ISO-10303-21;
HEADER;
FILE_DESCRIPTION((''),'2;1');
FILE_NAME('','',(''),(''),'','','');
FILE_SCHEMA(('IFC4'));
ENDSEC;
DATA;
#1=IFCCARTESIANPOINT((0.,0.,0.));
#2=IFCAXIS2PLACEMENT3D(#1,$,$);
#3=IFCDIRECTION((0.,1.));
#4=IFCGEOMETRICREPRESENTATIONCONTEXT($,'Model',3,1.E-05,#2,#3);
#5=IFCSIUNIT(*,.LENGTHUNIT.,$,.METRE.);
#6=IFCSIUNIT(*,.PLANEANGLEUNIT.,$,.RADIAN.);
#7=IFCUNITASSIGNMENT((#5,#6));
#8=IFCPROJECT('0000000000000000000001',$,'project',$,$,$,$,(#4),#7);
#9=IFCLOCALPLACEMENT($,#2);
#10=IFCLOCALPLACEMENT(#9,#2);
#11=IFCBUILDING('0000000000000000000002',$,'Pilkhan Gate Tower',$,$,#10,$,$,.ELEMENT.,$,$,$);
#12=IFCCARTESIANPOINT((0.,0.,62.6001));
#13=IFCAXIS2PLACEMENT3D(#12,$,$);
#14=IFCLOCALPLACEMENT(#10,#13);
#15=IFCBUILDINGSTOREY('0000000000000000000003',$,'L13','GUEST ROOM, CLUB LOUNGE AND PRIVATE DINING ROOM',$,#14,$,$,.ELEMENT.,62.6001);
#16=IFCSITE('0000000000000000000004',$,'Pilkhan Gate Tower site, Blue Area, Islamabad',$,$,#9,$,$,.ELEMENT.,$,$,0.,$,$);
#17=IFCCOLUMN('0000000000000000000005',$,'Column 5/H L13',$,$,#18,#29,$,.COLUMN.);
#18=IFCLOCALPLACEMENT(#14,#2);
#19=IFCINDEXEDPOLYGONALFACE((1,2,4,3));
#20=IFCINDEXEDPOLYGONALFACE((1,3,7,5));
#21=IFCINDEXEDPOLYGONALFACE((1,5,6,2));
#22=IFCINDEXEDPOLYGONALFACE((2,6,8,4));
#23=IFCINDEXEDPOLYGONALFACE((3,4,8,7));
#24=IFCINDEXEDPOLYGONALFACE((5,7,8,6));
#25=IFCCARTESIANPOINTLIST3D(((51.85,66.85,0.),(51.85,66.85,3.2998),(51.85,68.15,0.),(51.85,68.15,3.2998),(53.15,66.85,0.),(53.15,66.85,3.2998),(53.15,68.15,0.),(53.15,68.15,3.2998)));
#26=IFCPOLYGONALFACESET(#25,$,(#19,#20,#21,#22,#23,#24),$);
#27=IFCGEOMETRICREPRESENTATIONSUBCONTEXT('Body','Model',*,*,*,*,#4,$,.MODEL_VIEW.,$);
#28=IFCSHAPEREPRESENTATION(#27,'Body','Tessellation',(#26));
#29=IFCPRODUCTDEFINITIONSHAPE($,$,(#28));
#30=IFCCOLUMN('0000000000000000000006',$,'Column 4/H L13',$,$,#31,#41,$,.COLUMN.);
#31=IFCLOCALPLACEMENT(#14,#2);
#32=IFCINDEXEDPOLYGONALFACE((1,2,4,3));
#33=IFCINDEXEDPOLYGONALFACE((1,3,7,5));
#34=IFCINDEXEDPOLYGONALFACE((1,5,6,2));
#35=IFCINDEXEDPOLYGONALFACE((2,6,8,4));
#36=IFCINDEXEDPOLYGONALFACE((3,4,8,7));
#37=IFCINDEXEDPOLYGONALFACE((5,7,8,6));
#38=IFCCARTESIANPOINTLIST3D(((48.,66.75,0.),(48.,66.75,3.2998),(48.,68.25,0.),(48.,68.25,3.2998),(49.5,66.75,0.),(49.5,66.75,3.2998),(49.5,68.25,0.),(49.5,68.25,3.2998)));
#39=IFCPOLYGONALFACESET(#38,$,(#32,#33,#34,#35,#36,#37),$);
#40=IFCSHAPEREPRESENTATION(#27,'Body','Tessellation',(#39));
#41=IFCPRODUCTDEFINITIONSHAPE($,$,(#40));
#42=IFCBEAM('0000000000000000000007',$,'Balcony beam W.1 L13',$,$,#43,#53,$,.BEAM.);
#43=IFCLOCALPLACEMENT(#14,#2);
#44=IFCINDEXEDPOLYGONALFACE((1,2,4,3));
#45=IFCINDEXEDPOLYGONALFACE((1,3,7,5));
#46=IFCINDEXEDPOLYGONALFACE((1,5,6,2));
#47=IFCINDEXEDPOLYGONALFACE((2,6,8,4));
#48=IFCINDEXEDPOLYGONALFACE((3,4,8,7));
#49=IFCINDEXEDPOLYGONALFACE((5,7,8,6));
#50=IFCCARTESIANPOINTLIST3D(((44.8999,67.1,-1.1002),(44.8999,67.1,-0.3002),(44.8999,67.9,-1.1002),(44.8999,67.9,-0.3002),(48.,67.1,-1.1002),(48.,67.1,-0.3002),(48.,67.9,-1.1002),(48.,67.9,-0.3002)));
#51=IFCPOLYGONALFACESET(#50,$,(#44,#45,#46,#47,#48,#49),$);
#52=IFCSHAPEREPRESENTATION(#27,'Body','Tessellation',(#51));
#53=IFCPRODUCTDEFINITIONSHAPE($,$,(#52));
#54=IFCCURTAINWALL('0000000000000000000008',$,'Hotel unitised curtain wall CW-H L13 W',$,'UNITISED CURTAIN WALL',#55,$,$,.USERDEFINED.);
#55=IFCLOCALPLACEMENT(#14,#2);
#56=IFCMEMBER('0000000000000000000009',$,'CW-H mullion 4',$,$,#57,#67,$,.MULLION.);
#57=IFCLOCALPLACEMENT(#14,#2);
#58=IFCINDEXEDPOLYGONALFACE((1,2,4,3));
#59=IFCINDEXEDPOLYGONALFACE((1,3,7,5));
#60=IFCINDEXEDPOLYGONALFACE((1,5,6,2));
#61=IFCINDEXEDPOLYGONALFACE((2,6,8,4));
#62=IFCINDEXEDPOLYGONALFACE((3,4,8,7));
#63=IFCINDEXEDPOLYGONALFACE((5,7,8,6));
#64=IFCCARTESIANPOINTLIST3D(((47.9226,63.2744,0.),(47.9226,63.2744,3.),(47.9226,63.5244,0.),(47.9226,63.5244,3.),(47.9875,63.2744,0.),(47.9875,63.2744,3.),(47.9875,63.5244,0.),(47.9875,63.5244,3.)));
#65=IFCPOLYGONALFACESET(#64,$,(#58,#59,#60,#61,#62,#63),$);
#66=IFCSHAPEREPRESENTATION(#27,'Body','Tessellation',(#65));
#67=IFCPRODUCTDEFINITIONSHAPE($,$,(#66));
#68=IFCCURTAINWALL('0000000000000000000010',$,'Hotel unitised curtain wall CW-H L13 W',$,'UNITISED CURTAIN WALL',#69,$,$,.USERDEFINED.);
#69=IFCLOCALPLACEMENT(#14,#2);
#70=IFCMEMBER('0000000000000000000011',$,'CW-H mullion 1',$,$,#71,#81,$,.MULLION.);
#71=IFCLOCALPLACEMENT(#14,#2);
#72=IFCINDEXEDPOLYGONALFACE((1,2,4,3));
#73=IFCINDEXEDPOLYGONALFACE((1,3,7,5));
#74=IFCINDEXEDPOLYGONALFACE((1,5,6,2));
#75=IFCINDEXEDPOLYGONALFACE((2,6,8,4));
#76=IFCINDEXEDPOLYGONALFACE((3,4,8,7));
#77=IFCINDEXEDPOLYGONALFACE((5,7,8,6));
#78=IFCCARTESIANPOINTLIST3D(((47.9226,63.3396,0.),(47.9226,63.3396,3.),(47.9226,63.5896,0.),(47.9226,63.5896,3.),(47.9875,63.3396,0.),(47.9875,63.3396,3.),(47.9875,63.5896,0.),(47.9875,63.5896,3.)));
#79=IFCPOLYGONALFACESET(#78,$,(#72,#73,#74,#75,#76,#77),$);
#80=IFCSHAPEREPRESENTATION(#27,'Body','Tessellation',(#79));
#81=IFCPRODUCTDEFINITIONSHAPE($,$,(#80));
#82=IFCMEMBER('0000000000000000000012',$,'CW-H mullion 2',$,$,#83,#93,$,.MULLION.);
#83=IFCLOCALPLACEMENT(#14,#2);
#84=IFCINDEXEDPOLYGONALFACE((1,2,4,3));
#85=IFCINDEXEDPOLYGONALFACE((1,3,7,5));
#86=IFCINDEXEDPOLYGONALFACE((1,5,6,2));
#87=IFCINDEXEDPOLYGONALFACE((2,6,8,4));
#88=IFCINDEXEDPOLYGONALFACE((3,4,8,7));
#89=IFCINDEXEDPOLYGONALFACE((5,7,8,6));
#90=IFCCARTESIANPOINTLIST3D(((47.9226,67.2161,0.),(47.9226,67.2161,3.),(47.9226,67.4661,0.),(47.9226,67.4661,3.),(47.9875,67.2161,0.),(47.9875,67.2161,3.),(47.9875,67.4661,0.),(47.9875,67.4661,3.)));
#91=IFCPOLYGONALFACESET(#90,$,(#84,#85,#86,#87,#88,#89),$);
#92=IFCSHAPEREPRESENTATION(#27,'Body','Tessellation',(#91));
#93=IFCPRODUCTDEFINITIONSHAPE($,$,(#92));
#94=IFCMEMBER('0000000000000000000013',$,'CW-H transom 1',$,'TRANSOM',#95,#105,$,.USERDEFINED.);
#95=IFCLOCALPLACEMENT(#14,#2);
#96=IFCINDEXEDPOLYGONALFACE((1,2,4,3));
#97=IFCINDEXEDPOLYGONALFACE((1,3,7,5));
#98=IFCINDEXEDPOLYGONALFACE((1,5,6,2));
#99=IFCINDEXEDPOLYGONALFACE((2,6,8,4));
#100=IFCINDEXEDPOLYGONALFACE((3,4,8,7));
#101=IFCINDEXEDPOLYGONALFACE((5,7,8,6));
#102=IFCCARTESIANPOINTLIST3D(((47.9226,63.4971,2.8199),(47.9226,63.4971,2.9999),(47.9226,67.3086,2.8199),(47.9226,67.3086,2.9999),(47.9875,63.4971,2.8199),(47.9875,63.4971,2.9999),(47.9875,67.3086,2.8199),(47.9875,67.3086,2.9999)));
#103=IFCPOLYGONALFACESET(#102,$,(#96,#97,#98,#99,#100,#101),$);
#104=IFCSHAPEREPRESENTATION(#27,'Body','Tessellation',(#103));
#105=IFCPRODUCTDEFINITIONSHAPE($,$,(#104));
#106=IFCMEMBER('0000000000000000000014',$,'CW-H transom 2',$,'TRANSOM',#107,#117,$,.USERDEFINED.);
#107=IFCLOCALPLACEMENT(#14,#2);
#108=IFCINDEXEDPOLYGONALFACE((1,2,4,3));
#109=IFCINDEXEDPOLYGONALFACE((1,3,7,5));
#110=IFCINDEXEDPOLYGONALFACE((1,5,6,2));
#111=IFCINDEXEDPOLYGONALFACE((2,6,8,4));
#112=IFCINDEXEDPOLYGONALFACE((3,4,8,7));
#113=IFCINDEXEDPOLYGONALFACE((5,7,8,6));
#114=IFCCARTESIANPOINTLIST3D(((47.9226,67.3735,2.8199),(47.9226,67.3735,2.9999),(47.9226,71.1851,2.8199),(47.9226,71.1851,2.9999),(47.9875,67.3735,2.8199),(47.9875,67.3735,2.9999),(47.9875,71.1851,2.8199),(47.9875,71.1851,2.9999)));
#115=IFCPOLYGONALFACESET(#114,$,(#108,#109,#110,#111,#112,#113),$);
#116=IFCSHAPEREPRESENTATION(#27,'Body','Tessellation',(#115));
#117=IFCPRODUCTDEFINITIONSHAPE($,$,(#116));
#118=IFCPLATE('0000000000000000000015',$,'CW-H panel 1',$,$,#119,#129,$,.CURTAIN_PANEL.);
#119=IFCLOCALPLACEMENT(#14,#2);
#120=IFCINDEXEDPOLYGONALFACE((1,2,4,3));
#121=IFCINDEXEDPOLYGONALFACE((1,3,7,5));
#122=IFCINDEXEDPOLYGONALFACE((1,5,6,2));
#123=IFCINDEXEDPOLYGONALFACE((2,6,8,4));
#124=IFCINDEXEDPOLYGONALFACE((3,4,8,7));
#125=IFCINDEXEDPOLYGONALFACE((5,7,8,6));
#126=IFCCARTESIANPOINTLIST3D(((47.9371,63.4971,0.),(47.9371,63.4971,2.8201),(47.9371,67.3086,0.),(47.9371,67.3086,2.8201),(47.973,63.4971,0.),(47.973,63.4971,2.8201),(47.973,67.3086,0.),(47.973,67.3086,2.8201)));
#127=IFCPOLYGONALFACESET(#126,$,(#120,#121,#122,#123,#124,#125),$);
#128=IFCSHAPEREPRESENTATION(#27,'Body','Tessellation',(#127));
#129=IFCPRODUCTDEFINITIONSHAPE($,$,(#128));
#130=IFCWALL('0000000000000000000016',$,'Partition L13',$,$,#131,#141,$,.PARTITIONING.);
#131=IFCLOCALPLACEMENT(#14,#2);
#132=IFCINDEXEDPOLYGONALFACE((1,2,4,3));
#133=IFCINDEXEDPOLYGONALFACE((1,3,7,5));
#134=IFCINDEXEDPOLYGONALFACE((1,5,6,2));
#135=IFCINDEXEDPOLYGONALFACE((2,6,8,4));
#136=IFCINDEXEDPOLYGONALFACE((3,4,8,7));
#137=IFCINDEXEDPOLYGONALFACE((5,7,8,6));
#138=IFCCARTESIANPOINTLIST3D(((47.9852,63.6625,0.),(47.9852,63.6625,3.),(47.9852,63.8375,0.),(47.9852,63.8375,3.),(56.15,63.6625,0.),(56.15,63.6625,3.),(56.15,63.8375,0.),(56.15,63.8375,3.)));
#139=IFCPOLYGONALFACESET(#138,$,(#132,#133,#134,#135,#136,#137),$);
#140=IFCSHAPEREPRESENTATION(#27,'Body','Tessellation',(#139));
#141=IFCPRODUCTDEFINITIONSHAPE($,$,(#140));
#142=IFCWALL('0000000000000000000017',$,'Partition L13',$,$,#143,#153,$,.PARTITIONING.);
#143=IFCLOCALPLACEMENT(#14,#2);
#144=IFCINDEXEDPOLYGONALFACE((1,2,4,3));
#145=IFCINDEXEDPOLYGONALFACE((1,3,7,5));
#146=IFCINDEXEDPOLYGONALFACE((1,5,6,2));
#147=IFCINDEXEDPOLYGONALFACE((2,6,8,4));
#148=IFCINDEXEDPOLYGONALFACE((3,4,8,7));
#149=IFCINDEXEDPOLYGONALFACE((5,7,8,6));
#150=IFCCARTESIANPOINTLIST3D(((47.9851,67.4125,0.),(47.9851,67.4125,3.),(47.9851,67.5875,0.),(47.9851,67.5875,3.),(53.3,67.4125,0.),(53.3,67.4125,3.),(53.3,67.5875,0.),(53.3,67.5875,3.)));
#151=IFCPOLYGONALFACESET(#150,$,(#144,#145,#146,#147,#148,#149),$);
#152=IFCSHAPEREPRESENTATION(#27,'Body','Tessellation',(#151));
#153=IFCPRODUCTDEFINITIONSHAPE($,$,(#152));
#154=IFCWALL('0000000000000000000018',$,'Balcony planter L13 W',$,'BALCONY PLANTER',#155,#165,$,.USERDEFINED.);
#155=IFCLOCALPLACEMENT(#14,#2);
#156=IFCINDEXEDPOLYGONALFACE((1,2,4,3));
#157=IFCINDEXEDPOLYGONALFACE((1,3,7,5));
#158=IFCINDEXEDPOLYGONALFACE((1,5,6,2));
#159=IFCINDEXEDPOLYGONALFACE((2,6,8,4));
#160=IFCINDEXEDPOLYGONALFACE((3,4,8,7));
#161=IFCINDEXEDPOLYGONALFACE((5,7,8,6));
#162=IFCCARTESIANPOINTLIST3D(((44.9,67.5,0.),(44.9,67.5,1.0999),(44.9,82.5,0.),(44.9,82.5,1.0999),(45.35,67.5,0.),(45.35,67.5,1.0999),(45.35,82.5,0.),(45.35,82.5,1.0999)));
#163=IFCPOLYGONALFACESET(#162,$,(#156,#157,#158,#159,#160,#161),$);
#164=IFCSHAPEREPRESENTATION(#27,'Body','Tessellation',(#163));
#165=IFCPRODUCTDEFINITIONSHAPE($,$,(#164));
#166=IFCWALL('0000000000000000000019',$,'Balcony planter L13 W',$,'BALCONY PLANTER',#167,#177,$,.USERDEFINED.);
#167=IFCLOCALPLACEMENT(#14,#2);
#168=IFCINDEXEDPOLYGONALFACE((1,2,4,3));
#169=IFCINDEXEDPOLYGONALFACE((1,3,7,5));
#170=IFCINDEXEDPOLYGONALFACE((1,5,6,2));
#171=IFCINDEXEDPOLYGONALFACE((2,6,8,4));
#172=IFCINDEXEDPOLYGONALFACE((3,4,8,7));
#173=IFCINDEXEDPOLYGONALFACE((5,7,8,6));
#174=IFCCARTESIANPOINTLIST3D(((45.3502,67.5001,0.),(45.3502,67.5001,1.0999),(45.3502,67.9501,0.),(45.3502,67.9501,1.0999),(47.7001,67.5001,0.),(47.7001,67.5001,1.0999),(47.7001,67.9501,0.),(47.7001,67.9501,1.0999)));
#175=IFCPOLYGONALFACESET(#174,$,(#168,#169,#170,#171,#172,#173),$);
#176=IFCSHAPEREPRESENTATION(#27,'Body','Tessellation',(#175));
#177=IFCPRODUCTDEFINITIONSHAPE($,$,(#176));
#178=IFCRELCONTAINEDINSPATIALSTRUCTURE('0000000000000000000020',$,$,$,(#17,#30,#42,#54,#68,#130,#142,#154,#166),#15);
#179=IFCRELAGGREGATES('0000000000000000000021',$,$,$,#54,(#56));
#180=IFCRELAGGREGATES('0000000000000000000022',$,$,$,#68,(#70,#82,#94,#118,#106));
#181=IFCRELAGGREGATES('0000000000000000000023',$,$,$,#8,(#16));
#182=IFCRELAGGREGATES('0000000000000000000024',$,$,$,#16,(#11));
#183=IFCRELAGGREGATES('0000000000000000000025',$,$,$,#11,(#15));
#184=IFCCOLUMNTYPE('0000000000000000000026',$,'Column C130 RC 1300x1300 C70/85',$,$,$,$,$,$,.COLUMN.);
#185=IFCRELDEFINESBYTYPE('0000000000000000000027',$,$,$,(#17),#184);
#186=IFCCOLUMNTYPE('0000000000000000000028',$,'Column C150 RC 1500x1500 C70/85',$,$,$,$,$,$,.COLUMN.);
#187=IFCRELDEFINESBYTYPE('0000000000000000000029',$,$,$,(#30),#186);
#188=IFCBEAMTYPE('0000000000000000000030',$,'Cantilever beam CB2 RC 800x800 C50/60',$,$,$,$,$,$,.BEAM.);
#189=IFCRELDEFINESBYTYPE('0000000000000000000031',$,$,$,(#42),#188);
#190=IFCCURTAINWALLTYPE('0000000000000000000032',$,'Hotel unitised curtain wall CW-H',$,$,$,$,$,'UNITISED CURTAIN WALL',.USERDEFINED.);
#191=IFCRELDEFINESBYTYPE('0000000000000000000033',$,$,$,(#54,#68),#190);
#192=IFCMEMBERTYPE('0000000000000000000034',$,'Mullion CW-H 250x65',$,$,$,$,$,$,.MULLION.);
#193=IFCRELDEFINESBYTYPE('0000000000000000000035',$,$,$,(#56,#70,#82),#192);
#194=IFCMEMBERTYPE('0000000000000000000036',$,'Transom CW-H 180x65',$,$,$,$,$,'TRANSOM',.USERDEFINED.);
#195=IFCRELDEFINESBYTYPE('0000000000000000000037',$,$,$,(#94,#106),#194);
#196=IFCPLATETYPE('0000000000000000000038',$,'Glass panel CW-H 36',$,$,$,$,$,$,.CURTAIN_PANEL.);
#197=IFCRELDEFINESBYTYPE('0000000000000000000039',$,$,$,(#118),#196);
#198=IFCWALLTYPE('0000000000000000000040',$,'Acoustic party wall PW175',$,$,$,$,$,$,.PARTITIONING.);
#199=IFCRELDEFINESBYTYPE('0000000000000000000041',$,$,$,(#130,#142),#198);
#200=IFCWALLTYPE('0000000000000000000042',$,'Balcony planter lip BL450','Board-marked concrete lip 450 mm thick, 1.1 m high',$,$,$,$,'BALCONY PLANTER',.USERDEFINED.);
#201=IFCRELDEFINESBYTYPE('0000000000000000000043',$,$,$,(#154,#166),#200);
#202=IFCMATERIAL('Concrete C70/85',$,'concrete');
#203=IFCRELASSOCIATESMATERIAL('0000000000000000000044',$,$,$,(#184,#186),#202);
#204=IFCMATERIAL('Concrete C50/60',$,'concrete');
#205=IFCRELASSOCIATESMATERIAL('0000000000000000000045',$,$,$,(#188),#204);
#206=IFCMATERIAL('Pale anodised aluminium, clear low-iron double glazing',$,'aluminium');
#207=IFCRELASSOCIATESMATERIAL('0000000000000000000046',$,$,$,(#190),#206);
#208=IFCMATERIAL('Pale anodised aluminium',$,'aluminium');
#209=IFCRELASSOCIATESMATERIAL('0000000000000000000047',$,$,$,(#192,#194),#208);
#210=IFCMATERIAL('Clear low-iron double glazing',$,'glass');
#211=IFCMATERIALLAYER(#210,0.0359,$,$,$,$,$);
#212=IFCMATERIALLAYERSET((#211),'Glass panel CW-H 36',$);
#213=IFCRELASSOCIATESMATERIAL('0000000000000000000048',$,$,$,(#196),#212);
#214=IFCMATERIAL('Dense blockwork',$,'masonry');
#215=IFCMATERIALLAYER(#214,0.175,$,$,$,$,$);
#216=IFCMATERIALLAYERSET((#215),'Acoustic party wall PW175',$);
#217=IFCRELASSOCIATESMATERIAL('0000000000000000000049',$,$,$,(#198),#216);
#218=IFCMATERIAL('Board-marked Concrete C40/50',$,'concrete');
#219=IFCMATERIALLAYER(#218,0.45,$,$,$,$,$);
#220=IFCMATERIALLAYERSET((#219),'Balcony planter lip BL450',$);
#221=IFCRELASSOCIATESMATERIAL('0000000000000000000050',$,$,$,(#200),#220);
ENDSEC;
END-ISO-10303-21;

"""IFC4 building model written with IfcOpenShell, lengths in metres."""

from ifc_helpers import new_model, si_unit, direction, frame, frame_2d, origin, origin_2d, place, context, subcontext, project, spatial, rectangle, extrude, material, layer, layer_set, material_profile, profile_set, type_object, element, aggregate, save


model = new_model("IFC4")

# Units and contexts
model_context = context("Model", 3, precision=1e-05, world=origin(), true_north=direction((0.0, 1.0)))
body_context = subcontext(model_context, "Body", "Model", "MODEL_VIEW")
ifc_project = project(units=[si_unit("LENGTHUNIT", "METRE"), si_unit("PLANEANGLEUNIT", "RADIAN")], contexts=[model_context])

# Site, building, storey
site_placement = place(None, origin())
site = spatial("IfcSite", under=ifc_project, at=site_placement, Name="Pilkhan Gate Tower site, Blue Area, Islamabad", CompositionType="ELEMENT", RefElevation=0.0)
building_placement = place(site_placement, origin())
building = spatial("IfcBuilding", under=site, at=building_placement, Name="Pilkhan Gate Tower", CompositionType="ELEMENT")
storey_placement = place(building_placement, frame((0.0, 0.0, 62.6001)))
storey = spatial("IfcBuildingStorey", under=building, at=storey_placement, Name="L13", Description="GUEST ROOM, CLUB LOUNGE AND PRIVATE DINING ROOM", CompositionType="ELEMENT", Elevation=62.6001)

# Columns
ifc_material_1 = material(Name="Concrete C70/85", Category="concrete")
ifc_material_profile_1 = material_profile(ifc_material_1, rectangle(XDim=1.3, YDim=1.3, at=origin_2d()), Name="RC 1300x1300")
ifc_profile_set_1 = profile_set([ifc_material_profile_1], Name="Concrete C70/85")
column_type_1 = type_object("IfcColumnType", Name="Column C130 RC 1300x1300 C70/85", PredefinedType="COLUMN", material=ifc_profile_set_1)
column_1_placement = place(storey_placement, frame((52.5, 67.5, 0.0), z_axis=(0.0, 0.0, 1.0), x_axis=(1.0, 0.0, 0.0)))
element("IfcColumn", 1, at=column_1_placement, inside=storey, type_object=column_type_1, Name="Column 5/H L13", PredefinedType="COLUMN", context=body_context, shape_type="SweptSolid", body=[
    extrude(rectangle(XDim=1.3, YDim=1.3, at=origin_2d()), origin(), (0.0, 0.0, 1.0), 3.2998),
])
ifc_material_profile_2 = material_profile(ifc_material_1, rectangle(XDim=1.5, YDim=1.5, at=origin_2d()), Name="RC 1500x1500")
ifc_profile_set_2 = profile_set([ifc_material_profile_2], Name="Concrete C70/85")
column_type_2 = type_object("IfcColumnType", Name="Column C150 RC 1500x1500 C70/85", PredefinedType="COLUMN", material=ifc_profile_set_2)
column_2_placement = place(storey_placement, frame((48.75, 67.5, 0.0), z_axis=(0.0, 0.0, 1.0), x_axis=(1.0, 0.0, 0.0)))
element("IfcColumn", 2, at=column_2_placement, inside=storey, type_object=column_type_2, Name="Column 4/H L13", PredefinedType="COLUMN", context=body_context, shape_type="SweptSolid", body=[
    extrude(rectangle(XDim=1.5, YDim=1.5, at=origin_2d()), origin(), (0.0, 0.0, 1.0), 3.2998),
])

# Beam
ifc_material_2 = material(Name="Concrete C50/60", Category="concrete")
ifc_material_profile_3 = material_profile(ifc_material_2, rectangle(XDim=0.8, YDim=0.8, at=origin_2d()), Name="RC 800x800")
ifc_profile_set_3 = profile_set([ifc_material_profile_3], Name="Concrete C50/60")
beam_type = type_object("IfcBeamType", Name="Cantilever beam CB2 RC 800x800 C50/60", PredefinedType="BEAM", material=ifc_profile_set_3)
beam_placement = place(storey_placement, frame((48.0, 67.5, -0.7002), z_axis=(-1.0, 0.0, 0.0), x_axis=(0.0, -1.0, 0.0)))
element("IfcBeam", 3, at=beam_placement, inside=storey, type_object=beam_type, Name="Balcony beam W.1 L13", PredefinedType="BEAM", context=body_context, shape_type="SweptSolid", body=[
    extrude(rectangle(XDim=0.8, YDim=0.8, at=origin_2d()), origin(), (0.0, 0.0, 1.0), 3.1001),
])

# Curtain wall, member
ifc_material_3 = material(Name="Pale anodised aluminium, clear low-iron double glazing", Category="aluminium")
curtain_wall_type = type_object("IfcCurtainWallType", Name="Hotel unitised curtain wall CW-H", ElementType="UNITISED CURTAIN WALL", PredefinedType="USERDEFINED", material=ifc_material_3)
curtain_wall_1_placement = place(storey_placement, origin())
curtain_wall_1 = element("IfcCurtainWall", 4, at=curtain_wall_1_placement, inside=storey, type_object=curtain_wall_type, Name="Hotel unitised curtain wall CW-H L13 W", ObjectType="UNITISED CURTAIN WALL", PredefinedType="USERDEFINED")
ifc_material_4 = material(Name="Pale anodised aluminium", Category="aluminium")
ifc_material_profile_4 = material_profile(ifc_material_4, rectangle(XDim=0.0649, YDim=0.25, at=origin_2d()), Name="Mullion 250x65")
ifc_profile_set_4 = profile_set([ifc_material_profile_4], Name="Pale anodised aluminium")
member_type_1 = type_object("IfcMemberType", Name="Mullion CW-H 250x65", PredefinedType="MULLION", material=ifc_profile_set_4)
member_1_placement = place(storey_placement, frame((47.9551, 63.3994, 0.0), z_axis=(0.0, 0.0, 1.0), x_axis=(-1.0, 0.0, 0.0)))
member_1 = element("IfcMember", 5, at=member_1_placement, type_object=member_type_1, Name="CW-H mullion 4", PredefinedType="MULLION", context=body_context, shape_type="SweptSolid", body=[
    extrude(rectangle(XDim=0.0649, YDim=0.25, at=origin_2d()), origin(), (0.0, 0.0, 1.0), 3.0),
])
aggregate(curtain_wall_1, [member_1])

# Curtain wall, members, plate
curtain_wall_2_placement = place(storey_placement, origin())
curtain_wall_2 = element("IfcCurtainWall", 6, at=curtain_wall_2_placement, inside=storey, type_object=curtain_wall_type, Name="Hotel unitised curtain wall CW-H L13 W", ObjectType="UNITISED CURTAIN WALL", PredefinedType="USERDEFINED")
member_2_placement = place(storey_placement, frame((47.9551, 63.4646, 0.0), z_axis=(0.0, 0.0, 1.0), x_axis=(-1.0, 0.0, 0.0)))
member_2 = element("IfcMember", 7, at=member_2_placement, type_object=member_type_1, Name="CW-H mullion 1", PredefinedType="MULLION", context=body_context, shape_type="SweptSolid", body=[
    extrude(rectangle(XDim=0.0649, YDim=0.25, at=origin_2d()), origin(), (0.0, 0.0, 1.0), 3.0),
])
member_3_placement = place(storey_placement, frame((47.9551, 67.3411, 0.0), z_axis=(0.0, 0.0, 1.0), x_axis=(-1.0, 0.0, 0.0)))
member_3 = element("IfcMember", 8, at=member_3_placement, type_object=member_type_1, Name="CW-H mullion 2", PredefinedType="MULLION", context=body_context, shape_type="SweptSolid", body=[
    extrude(rectangle(XDim=0.0649, YDim=0.25, at=origin_2d()), origin(), (0.0, 0.0, 1.0), 3.0),
])
ifc_material_profile_5 = material_profile(ifc_material_4, rectangle(XDim=0.0649, YDim=0.1799, at=origin_2d()), Name="Transom 180x65")
ifc_profile_set_5 = profile_set([ifc_material_profile_5], Name="Pale anodised aluminium")
member_type_2 = type_object("IfcMemberType", Name="Transom CW-H 180x65", ElementType="TRANSOM", PredefinedType="USERDEFINED", material=ifc_profile_set_5)
member_4_placement = place(storey_placement, frame((47.9551, 63.4971, 2.9099), z_axis=(0.0, 1.0, 0.0), x_axis=(-1.0, 0.0, 0.0)))
member_4 = element("IfcMember", 9, at=member_4_placement, type_object=member_type_2, Name="CW-H transom 1", ObjectType="TRANSOM", PredefinedType="USERDEFINED", context=body_context, shape_type="SweptSolid", body=[
    extrude(rectangle(XDim=0.0649, YDim=0.1799, at=origin_2d()), origin(), (0.0, 0.0, 1.0), 3.8115),
])
member_5_placement = place(storey_placement, frame((47.9551, 67.3735, 2.9099), z_axis=(0.0, 1.0, 0.0), x_axis=(-1.0, 0.0, 0.0)))
member_5 = element("IfcMember", 10, at=member_5_placement, type_object=member_type_2, Name="CW-H transom 2", ObjectType="TRANSOM", PredefinedType="USERDEFINED", context=body_context, shape_type="SweptSolid", body=[
    extrude(rectangle(XDim=0.0649, YDim=0.1799, at=origin_2d()), origin(), (0.0, 0.0, 1.0), 3.8115),
])
ifc_material_5 = material(Name="Clear low-iron double glazing", Category="glass")
ifc_layer_1 = layer(ifc_material_5, 0.0359)
ifc_layer_set_1 = layer_set([ifc_layer_1], Name="Glass panel CW-H 36")
plate_type = type_object("IfcPlateType", Name="Glass panel CW-H 36", PredefinedType="CURTAIN_PANEL", material=ifc_layer_set_1)
plate_placement = place(storey_placement, frame((47.9551, 65.4028, 0.0), z_axis=(0.0, 0.0, 1.0), x_axis=(0.0, 1.0, 0.0)))
plate = element("IfcPlate", 11, at=plate_placement, type_object=plate_type, Name="CW-H panel 1", PredefinedType="CURTAIN_PANEL", context=body_context, shape_type="SweptSolid", body=[
    extrude(rectangle(XDim=3.8115, YDim=0.0359, at=origin_2d()), origin(), (0.0, 0.0, 1.0), 2.8201),
])
aggregate(curtain_wall_2, [member_2, member_3, member_4, plate, member_5])

# Walls
ifc_material_6 = material(Name="Dense blockwork", Category="masonry")
ifc_layer_2 = layer(ifc_material_6, 0.175)
ifc_layer_set_2 = layer_set([ifc_layer_2], Name="Acoustic party wall PW175")
wall_type_1 = type_object("IfcWallType", Name="Acoustic party wall PW175", PredefinedType="PARTITIONING", material=ifc_layer_set_2)
wall_1_placement = place(storey_placement, frame((47.9851, 63.75, 0.0), z_axis=(0.0, 0.0, 1.0), x_axis=(1.0, 0.0, 0.0)))
element("IfcWall", 12, at=wall_1_placement, inside=storey, type_object=wall_type_1, Name="Partition L13", PredefinedType="PARTITIONING", context=body_context, shape_type="SweptSolid", body=[
    extrude(rectangle(XDim=8.1648, YDim=0.175, at=frame_2d((4.0825, 0.0))), origin(), (0.0, 0.0, 1.0), 3.0),
])
wall_2_placement = place(storey_placement, frame((47.9851, 67.5, 0.0), z_axis=(0.0, 0.0, 1.0), x_axis=(1.0, 0.0, 0.0)))
element("IfcWall", 13, at=wall_2_placement, inside=storey, type_object=wall_type_1, Name="Partition L13", PredefinedType="PARTITIONING", context=body_context, shape_type="SweptSolid", body=[
    extrude(rectangle(XDim=5.3149, YDim=0.175, at=frame_2d((2.6575, 0.0))), origin(), (0.0, 0.0, 1.0), 3.0),
])
ifc_material_7 = material(Name="Board-marked Concrete C40/50", Category="concrete")
ifc_layer_3 = layer(ifc_material_7, 0.45)
ifc_layer_set_3 = layer_set([ifc_layer_3], Name="Balcony planter lip BL450")
wall_type_2 = type_object("IfcWallType", Name="Balcony planter lip BL450", Description="Board-marked concrete lip 450 mm thick, 1.1 m high", ElementType="BALCONY PLANTER", PredefinedType="USERDEFINED", material=ifc_layer_set_3)
wall_3_placement = place(storey_placement, frame((45.125, 67.5, 0.0), z_axis=(0.0, 0.0, 1.0), x_axis=(0.0, 1.0, 0.0)))
element("IfcWall", 14, at=wall_3_placement, inside=storey, type_object=wall_type_2, Name="Balcony planter L13 W", ObjectType="BALCONY PLANTER", PredefinedType="USERDEFINED", context=body_context, shape_type="SweptSolid", body=[
    extrude(rectangle(XDim=15.0, YDim=0.45, at=frame_2d((7.5, 0.0))), origin(), (0.0, 0.0, 1.0), 1.0999),
])
wall_4_placement = place(storey_placement, frame((47.7, 67.7251, 0.0), z_axis=(0.0, 0.0, 1.0), x_axis=(-1.0, 0.0, 0.0)))
element("IfcWall", 15, at=wall_4_placement, inside=storey, type_object=wall_type_2, Name="Balcony planter L13 W", ObjectType="BALCONY PLANTER", PredefinedType="USERDEFINED", context=body_context, shape_type="SweptSolid", body=[
    extrude(rectangle(XDim=2.3499, YDim=0.45, at=frame_2d((1.1748, 0.0))), origin(), (0.0, 0.0, 1.0), 1.0999),
])

save(model, "model.ifc")
